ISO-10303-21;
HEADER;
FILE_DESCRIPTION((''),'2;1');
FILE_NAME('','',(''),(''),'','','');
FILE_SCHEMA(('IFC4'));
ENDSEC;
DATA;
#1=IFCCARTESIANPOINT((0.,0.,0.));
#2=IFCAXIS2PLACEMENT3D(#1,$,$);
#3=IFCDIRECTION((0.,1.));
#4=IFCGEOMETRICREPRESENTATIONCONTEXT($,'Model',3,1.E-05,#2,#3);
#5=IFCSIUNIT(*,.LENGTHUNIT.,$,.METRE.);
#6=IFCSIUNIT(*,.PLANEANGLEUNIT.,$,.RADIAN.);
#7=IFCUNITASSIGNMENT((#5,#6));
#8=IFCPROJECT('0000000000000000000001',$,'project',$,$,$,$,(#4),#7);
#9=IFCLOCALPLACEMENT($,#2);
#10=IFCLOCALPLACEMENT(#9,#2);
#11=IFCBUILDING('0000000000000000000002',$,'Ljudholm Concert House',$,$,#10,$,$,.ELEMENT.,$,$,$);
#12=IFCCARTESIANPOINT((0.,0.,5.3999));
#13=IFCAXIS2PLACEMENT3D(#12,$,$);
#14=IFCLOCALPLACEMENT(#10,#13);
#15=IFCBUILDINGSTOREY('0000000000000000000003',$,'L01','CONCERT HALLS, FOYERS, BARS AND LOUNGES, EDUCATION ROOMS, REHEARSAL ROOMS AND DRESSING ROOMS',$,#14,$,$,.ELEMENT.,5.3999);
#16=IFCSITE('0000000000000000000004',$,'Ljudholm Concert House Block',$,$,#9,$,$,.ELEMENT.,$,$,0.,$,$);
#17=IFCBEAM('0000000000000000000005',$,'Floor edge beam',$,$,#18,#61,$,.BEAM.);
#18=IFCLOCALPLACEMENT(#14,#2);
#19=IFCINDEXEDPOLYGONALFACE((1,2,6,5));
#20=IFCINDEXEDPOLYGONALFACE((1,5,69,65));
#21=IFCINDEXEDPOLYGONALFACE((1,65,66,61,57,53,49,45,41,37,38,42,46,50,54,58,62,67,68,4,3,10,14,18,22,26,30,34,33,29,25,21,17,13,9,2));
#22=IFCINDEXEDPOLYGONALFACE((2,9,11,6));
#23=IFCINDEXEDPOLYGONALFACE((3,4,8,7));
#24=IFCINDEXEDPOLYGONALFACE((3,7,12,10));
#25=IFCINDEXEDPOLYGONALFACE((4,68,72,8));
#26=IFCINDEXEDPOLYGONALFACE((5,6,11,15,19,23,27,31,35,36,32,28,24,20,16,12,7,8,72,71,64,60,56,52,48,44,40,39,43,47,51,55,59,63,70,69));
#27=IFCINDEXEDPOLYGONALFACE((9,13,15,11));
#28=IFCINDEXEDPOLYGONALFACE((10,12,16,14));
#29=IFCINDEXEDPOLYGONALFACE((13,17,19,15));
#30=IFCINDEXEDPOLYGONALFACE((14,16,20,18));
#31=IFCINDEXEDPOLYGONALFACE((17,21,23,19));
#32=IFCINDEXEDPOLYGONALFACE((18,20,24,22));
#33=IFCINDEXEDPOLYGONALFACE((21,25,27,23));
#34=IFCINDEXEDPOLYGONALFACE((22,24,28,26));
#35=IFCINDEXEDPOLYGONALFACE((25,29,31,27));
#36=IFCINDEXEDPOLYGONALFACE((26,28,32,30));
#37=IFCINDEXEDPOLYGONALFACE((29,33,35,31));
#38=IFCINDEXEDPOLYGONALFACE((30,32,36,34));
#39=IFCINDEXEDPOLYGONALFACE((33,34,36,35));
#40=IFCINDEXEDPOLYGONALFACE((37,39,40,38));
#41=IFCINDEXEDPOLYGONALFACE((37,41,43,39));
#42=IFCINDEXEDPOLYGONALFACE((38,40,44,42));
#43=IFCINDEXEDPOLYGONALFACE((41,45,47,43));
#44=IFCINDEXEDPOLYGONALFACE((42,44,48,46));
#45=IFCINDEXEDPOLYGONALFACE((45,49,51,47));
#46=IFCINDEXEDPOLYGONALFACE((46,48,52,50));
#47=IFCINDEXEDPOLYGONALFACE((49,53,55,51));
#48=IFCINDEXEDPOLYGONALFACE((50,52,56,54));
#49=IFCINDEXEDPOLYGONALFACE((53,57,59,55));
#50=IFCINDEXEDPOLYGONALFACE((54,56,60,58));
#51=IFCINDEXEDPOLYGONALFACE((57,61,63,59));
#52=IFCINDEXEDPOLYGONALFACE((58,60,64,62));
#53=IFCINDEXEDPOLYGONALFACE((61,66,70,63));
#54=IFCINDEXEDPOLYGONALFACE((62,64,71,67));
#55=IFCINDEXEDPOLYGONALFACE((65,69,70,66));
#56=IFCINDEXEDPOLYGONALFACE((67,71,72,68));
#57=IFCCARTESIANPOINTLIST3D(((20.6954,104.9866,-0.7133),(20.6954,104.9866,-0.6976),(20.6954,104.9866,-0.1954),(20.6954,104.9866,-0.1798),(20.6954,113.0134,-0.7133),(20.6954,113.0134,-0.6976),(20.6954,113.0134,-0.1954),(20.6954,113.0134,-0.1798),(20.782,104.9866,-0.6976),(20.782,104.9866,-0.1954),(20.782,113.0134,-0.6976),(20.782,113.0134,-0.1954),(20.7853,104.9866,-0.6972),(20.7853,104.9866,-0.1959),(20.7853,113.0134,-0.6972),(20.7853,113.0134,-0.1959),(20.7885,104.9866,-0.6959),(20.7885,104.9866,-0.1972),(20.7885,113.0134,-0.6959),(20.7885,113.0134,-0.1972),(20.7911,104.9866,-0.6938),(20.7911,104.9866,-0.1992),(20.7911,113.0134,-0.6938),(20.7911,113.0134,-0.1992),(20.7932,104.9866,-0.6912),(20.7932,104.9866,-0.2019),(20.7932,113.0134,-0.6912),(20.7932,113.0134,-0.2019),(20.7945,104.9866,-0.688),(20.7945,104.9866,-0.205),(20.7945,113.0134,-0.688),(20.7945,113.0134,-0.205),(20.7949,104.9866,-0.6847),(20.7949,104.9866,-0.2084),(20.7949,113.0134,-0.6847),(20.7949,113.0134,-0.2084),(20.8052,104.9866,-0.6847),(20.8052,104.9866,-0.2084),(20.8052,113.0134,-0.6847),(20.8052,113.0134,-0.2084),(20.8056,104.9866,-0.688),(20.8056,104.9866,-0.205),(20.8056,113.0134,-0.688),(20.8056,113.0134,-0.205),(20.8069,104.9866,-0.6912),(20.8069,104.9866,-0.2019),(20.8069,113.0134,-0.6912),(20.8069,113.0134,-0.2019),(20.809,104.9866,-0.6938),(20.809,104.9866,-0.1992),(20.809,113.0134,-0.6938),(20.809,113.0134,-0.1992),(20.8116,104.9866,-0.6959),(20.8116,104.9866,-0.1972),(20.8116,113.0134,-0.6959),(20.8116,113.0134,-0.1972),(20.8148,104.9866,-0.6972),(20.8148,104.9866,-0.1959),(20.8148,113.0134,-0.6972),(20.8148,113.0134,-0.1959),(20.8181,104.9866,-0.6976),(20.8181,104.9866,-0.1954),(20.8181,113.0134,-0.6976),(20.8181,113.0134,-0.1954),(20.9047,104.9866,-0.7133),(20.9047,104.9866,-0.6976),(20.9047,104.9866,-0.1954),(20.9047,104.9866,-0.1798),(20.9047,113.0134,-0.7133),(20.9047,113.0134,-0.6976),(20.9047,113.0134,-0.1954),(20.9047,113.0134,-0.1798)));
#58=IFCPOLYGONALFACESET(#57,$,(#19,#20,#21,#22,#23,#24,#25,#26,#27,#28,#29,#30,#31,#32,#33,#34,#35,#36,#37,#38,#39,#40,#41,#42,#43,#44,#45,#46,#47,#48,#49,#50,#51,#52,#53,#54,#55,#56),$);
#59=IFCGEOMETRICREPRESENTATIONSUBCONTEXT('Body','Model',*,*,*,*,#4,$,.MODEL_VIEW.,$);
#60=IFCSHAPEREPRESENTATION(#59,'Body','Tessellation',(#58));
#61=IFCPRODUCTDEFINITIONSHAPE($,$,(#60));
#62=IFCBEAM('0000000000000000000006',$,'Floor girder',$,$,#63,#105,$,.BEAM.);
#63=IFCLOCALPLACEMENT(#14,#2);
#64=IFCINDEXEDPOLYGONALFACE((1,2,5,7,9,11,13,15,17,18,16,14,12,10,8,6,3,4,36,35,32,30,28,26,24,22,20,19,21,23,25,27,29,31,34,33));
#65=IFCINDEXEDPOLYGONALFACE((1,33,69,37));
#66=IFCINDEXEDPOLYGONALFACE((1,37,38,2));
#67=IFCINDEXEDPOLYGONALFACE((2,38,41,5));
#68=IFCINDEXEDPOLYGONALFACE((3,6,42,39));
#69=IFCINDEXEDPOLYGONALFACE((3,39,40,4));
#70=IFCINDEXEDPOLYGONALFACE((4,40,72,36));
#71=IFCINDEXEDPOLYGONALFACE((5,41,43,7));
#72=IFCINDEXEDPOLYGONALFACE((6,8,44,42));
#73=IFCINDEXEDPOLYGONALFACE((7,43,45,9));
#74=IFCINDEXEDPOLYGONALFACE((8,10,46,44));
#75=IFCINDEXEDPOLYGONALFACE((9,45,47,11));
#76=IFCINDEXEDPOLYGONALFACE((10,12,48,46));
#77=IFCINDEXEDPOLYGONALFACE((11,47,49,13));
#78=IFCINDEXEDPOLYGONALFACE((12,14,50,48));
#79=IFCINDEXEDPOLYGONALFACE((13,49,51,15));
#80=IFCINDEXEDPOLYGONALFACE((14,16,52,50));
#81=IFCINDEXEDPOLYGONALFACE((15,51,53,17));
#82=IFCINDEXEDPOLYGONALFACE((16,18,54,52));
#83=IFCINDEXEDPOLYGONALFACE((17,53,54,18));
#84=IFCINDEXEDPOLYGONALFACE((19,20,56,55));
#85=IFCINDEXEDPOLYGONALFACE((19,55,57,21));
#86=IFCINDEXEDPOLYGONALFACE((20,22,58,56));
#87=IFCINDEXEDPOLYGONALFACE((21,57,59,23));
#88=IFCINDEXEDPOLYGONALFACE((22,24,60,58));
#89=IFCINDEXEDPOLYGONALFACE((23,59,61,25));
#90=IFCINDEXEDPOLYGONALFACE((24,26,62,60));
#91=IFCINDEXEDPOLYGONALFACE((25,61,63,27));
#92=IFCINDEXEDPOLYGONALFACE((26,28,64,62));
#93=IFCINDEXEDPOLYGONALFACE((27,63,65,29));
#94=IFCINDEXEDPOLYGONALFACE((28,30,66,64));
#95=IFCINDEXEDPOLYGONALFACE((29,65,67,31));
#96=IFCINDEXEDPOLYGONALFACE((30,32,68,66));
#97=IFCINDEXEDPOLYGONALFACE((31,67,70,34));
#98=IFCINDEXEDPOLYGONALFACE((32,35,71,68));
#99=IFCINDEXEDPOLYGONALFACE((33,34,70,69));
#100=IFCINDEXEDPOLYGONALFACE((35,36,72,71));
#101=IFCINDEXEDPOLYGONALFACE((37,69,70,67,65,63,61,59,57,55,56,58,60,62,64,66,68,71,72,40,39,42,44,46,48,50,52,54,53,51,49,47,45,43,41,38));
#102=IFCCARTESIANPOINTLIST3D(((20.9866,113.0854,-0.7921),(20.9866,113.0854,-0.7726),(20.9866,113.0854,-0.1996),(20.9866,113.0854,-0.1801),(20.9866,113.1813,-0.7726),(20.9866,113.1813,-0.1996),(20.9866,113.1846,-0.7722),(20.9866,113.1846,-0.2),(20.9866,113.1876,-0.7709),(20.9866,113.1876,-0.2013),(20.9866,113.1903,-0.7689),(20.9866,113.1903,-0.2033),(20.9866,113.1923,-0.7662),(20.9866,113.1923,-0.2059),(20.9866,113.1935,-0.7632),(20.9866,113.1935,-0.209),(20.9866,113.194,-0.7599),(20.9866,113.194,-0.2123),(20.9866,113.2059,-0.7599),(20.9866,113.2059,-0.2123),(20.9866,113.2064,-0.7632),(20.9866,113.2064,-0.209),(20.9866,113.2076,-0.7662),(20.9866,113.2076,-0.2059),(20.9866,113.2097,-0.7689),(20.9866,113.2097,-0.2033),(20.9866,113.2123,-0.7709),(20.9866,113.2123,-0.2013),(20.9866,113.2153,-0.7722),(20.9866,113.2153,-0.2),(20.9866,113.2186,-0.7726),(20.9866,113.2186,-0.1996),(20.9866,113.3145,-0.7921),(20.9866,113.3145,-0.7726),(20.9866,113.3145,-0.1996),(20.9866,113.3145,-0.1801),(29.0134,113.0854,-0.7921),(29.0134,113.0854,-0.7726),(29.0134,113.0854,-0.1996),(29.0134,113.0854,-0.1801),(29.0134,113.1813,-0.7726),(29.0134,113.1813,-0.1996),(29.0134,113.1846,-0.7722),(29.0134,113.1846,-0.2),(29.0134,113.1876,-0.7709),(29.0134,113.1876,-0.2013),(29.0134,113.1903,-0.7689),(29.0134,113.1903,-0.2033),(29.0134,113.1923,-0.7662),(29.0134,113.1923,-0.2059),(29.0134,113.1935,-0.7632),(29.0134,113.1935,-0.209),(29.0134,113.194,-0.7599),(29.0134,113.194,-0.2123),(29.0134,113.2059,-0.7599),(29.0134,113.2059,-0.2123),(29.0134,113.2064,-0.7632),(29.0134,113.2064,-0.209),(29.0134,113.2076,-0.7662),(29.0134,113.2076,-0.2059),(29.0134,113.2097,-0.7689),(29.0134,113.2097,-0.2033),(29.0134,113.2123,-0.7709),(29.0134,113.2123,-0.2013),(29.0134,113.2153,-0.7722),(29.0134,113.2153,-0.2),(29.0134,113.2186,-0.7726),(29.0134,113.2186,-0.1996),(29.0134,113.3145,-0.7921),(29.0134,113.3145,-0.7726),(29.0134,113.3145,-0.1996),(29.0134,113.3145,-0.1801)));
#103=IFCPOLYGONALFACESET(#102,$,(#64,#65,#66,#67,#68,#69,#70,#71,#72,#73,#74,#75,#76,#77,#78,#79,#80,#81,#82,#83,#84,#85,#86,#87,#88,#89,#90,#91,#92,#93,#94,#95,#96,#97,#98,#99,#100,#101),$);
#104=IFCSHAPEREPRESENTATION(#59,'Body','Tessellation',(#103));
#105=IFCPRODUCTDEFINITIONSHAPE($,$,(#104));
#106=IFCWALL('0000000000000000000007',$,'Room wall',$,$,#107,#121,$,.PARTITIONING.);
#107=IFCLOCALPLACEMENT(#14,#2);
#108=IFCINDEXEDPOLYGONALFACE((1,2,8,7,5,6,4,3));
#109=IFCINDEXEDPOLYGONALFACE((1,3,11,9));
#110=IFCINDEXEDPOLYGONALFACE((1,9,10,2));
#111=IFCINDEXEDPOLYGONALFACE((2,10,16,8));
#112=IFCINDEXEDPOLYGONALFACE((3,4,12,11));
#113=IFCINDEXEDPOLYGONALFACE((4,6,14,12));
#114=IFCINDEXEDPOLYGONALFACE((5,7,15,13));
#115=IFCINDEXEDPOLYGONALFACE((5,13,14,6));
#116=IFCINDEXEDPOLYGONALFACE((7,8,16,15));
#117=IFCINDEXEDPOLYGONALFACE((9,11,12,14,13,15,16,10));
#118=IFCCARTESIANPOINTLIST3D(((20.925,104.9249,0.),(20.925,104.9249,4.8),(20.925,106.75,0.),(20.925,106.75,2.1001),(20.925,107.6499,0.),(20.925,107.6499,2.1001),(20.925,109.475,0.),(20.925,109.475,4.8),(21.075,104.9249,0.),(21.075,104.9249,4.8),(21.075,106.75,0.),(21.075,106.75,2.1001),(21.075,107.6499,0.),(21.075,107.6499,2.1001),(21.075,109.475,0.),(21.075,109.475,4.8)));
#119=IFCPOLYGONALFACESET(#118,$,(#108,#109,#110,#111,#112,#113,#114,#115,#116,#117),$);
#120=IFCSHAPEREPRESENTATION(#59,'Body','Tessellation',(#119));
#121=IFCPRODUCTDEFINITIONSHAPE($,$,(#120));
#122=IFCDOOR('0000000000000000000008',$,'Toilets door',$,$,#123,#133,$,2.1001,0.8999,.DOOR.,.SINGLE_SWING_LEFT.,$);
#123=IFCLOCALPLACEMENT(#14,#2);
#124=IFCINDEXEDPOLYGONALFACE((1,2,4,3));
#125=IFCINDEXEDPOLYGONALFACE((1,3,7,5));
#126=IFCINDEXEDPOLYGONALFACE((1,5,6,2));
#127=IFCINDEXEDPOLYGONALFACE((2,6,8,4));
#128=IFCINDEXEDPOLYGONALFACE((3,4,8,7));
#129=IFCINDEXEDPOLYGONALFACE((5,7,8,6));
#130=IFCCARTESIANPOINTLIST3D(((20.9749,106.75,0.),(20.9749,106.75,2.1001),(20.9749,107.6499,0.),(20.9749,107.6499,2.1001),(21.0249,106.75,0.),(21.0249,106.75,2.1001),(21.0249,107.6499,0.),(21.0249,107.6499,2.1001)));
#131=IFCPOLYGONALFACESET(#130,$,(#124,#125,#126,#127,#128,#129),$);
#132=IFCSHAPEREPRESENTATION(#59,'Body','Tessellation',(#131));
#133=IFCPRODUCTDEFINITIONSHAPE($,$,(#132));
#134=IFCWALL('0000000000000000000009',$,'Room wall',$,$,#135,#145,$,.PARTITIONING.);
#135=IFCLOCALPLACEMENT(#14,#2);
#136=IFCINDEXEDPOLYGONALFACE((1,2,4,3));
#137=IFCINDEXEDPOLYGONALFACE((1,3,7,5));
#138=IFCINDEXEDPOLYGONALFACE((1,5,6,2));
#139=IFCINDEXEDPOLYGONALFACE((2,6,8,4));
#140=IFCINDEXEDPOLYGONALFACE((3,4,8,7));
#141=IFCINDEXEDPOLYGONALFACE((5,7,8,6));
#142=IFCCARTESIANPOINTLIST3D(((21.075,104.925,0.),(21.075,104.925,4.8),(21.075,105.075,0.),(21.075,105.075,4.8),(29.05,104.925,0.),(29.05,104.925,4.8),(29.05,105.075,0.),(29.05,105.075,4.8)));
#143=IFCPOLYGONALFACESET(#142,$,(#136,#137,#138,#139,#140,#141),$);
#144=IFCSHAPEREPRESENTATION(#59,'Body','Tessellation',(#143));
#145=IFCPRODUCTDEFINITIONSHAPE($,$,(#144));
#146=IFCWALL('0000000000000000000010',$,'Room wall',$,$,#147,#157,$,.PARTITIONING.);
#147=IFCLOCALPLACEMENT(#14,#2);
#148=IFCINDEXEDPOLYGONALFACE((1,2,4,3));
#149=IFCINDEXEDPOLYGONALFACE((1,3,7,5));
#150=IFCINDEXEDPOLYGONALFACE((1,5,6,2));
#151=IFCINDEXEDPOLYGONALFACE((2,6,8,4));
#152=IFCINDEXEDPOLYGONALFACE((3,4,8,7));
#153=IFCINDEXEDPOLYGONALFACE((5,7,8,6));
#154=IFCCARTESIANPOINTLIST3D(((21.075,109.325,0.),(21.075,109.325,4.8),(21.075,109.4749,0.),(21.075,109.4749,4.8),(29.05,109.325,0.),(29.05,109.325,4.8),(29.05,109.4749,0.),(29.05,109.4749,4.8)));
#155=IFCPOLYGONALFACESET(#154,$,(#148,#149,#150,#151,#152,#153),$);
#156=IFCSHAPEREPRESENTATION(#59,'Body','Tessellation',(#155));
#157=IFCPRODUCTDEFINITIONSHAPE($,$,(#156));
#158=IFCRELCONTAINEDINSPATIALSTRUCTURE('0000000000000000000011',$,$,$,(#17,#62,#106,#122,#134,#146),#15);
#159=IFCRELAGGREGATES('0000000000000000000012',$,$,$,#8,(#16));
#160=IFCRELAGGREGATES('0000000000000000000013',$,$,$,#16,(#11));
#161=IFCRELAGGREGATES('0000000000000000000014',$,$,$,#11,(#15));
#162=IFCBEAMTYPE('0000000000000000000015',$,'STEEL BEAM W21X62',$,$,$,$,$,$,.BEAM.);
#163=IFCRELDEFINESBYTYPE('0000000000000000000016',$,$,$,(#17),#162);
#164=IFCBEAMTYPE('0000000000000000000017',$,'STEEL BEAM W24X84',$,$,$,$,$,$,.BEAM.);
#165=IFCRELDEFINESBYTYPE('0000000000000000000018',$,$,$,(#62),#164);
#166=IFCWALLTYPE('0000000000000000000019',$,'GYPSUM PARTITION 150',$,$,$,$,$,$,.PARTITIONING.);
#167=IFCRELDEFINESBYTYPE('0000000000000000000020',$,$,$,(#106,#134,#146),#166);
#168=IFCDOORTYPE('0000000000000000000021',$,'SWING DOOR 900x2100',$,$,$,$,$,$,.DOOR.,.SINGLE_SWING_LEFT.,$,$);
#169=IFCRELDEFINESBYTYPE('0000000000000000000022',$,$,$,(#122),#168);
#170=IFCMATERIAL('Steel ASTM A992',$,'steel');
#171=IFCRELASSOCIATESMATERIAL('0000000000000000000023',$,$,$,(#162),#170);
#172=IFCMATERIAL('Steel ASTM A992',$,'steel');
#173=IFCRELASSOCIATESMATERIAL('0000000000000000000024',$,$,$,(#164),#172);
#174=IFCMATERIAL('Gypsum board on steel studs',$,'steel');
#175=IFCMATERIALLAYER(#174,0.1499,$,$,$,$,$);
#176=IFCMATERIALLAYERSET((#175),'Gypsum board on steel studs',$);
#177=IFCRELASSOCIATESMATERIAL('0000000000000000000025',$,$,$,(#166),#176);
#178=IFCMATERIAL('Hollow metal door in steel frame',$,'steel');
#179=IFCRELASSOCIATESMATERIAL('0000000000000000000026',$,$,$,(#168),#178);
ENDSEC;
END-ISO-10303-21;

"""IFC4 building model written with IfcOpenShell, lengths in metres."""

from ifc_helpers import new_model, si_unit, direction, frame, frame_2d, origin, origin_2d, place, context, subcontext, project, spatial, rectangle, i_section, extrude, material, layer, layer_set, material_profile, profile_set, type_object, element, fill, save


model = new_model("IFC4")

# Units and contexts
model_context = context("Model", 3, precision=1e-05, world=origin(), true_north=direction((0.0, 1.0)))
body_context = subcontext(model_context, "Body", "Model", "MODEL_VIEW")
ifc_project = project(units=[si_unit("LENGTHUNIT", "METRE"), si_unit("PLANEANGLEUNIT", "RADIAN")], contexts=[model_context])

# Site, building, storey
site_placement = place(None, origin())
site = spatial("IfcSite", under=ifc_project, at=site_placement, Name="Ljudholm Concert House Block", CompositionType="ELEMENT", RefElevation=0.0)
building_placement = place(site_placement, origin())
building = spatial("IfcBuilding", under=site, at=building_placement, Name="Ljudholm Concert House", CompositionType="ELEMENT")
storey_placement = place(building_placement, frame((0.0, 0.0, 5.3999)))
storey = spatial("IfcBuildingStorey", under=building, at=storey_placement, Name="L01", Description="CONCERT HALLS, FOYERS, BARS AND LOUNGES, EDUCATION ROOMS, REHEARSAL ROOMS AND DRESSING ROOMS", CompositionType="ELEMENT", Elevation=5.3999)

# Beams
ifc_material_1 = material(Name="Steel ASTM A992", Category="steel")
ifc_material_profile_1 = material_profile(ifc_material_1, i_section(OverallWidth=0.2092, OverallDepth=0.5334, WebThickness=0.0103, FlangeThickness=0.0156, FilletRadius=0.0129, at=origin_2d()), Name="W21X62")
ifc_profile_set_1 = profile_set([ifc_material_profile_1], Name="Steel ASTM A992")
beam_type_1 = type_object("IfcBeamType", Name="STEEL BEAM W21X62", PredefinedType="BEAM", material=ifc_profile_set_1)
beam_1_placement = place(storey_placement, frame((20.8, 104.9866, -0.4465), z_axis=(0.0, 1.0, 0.0), x_axis=(-1.0, 0.0, 0.0)))
element("IfcBeam", 1, at=beam_1_placement, inside=storey, type_object=beam_type_1, Name="Floor edge beam", PredefinedType="BEAM", context=body_context, shape_type="SweptSolid", body=[
    extrude(i_section(OverallWidth=0.2092, OverallDepth=0.5334, WebThickness=0.0103, FlangeThickness=0.0156, FilletRadius=0.0129, at=origin_2d()), origin(), (0.0, 0.0, 1.0), 8.0269),
])
ifc_material_2 = material(Name="Steel ASTM A992", Category="steel")
ifc_material_profile_2 = material_profile(ifc_material_2, i_section(OverallWidth=0.229, OverallDepth=0.6121, WebThickness=0.012, FlangeThickness=0.0195, FilletRadius=0.0127, at=origin_2d()), Name="W24X84")
ifc_profile_set_2 = profile_set([ifc_material_profile_2], Name="Steel ASTM A992")
beam_type_2 = type_object("IfcBeamType", Name="STEEL BEAM W24X84", PredefinedType="BEAM", material=ifc_profile_set_2)
beam_2_placement = place(storey_placement, frame((20.9866, 113.2, -0.4861), z_axis=(1.0, 0.0, 0.0), x_axis=(0.0, 1.0, 0.0)))
element("IfcBeam", 2, at=beam_2_placement, inside=storey, type_object=beam_type_2, Name="Floor girder", PredefinedType="BEAM", context=body_context, shape_type="SweptSolid", body=[
    extrude(i_section(OverallWidth=0.229, OverallDepth=0.6121, WebThickness=0.012, FlangeThickness=0.0195, FilletRadius=0.0127, at=origin_2d()), origin(), (0.0, 0.0, 1.0), 8.0269),
])

# Wall, opening, door
ifc_material_3 = material(Name="Gypsum board on steel studs", Category="steel")
ifc_layer_1 = layer(ifc_material_3, 0.1499)
ifc_layer_set_1 = layer_set([ifc_layer_1], Name="Gypsum board on steel studs")
wall_type_1 = type_object("IfcWallType", Name="GYPSUM PARTITION 150", PredefinedType="PARTITIONING", material=ifc_layer_set_1)
wall_1_placement = place(storey_placement, frame((21.0, 104.925, 0.0), z_axis=(0.0, 0.0, 1.0), x_axis=(0.0, 1.0, 0.0)))
wall_1 = element("IfcWall", 3, at=wall_1_placement, inside=storey, type_object=wall_type_1, Name="Room wall", PredefinedType="PARTITIONING", context=body_context, shape_type="SweptSolid", body=[
    extrude(rectangle(XDim=4.55, YDim=0.1499, at=frame_2d((2.2749, 0.0))), origin(), (0.0, 0.0, 1.0), 4.8),
])
opening_1_placement = place(wall_1_placement, frame((1.825, 0.0, 0.0)))
opening_1 = element("IfcOpeningElement", 4, at=opening_1_placement, cuts=wall_1, PredefinedType="OPENING", context=body_context, shape_type="SweptSolid", body=[
    extrude(rectangle(XDim=0.8999, YDim=2.1001, at=frame_2d((0.45, 1.05))), frame((0.0, 0.085, 0.0), z_axis=(0.0, -1.0, 0.0), x_axis=(1.0, 0.0, 0.0)), (0.0, 0.0, 1.0), 0.1699),
])
ifc_material_4 = material(Name="Hollow metal door in steel frame", Category="steel")
door_type_1 = type_object("IfcDoorType", Name="SWING DOOR 900x2100", OperationType="SINGLE_SWING_LEFT", PredefinedType="DOOR", material=ifc_material_4)
door_1_placement = place(opening_1_placement, frame((0.8999, 0.0, 0.0), z_axis=(0.0, 0.0, 1.0), x_axis=(-1.0, 0.0, 0.0)))
door_1 = element("IfcDoor", 5, at=door_1_placement, inside=storey, type_object=door_type_1, Name="Toilets door", OperationType="SINGLE_SWING_LEFT", OverallHeight=2.1001, OverallWidth=0.8999, PredefinedType="DOOR", context=body_context, shape_type="SweptSolid", body=[
    extrude(rectangle(XDim=0.8999, YDim=2.1001, at=frame_2d((0.45, 1.05))), frame((0.0, 0.0249, 0.0), z_axis=(0.0, -1.0, 0.0), x_axis=(1.0, 0.0, 0.0)), (0.0, 0.0, 1.0), 0.05),
])
fill(opening_1, door_1)

# Walls
for number, where, z_axis, x_axis, name in (
    (6, (21.075, 105.0, 0.0), (0.0, 0.0, 1.0), (1.0, 0.0, 0.0), "Room wall"),
    (7, (21.075, 109.3999, 0.0), (0.0, 0.0, 1.0), (1.0, 0.0, 0.0), "Room wall"),
):
    element("IfcWall", number, at=place(storey_placement, frame(where, z_axis=z_axis, x_axis=x_axis)), inside=storey, type_object=wall_type_1, Name=name, PredefinedType="PARTITIONING", context=body_context, shape_type="SweptSolid", body=[
        extrude(rectangle(XDim=7.9751, YDim=0.1499, at=frame_2d((3.9875, 0.0))), origin(), (0.0, 0.0, 1.0), 4.8),
    ])

save(model, "model.ifc")
